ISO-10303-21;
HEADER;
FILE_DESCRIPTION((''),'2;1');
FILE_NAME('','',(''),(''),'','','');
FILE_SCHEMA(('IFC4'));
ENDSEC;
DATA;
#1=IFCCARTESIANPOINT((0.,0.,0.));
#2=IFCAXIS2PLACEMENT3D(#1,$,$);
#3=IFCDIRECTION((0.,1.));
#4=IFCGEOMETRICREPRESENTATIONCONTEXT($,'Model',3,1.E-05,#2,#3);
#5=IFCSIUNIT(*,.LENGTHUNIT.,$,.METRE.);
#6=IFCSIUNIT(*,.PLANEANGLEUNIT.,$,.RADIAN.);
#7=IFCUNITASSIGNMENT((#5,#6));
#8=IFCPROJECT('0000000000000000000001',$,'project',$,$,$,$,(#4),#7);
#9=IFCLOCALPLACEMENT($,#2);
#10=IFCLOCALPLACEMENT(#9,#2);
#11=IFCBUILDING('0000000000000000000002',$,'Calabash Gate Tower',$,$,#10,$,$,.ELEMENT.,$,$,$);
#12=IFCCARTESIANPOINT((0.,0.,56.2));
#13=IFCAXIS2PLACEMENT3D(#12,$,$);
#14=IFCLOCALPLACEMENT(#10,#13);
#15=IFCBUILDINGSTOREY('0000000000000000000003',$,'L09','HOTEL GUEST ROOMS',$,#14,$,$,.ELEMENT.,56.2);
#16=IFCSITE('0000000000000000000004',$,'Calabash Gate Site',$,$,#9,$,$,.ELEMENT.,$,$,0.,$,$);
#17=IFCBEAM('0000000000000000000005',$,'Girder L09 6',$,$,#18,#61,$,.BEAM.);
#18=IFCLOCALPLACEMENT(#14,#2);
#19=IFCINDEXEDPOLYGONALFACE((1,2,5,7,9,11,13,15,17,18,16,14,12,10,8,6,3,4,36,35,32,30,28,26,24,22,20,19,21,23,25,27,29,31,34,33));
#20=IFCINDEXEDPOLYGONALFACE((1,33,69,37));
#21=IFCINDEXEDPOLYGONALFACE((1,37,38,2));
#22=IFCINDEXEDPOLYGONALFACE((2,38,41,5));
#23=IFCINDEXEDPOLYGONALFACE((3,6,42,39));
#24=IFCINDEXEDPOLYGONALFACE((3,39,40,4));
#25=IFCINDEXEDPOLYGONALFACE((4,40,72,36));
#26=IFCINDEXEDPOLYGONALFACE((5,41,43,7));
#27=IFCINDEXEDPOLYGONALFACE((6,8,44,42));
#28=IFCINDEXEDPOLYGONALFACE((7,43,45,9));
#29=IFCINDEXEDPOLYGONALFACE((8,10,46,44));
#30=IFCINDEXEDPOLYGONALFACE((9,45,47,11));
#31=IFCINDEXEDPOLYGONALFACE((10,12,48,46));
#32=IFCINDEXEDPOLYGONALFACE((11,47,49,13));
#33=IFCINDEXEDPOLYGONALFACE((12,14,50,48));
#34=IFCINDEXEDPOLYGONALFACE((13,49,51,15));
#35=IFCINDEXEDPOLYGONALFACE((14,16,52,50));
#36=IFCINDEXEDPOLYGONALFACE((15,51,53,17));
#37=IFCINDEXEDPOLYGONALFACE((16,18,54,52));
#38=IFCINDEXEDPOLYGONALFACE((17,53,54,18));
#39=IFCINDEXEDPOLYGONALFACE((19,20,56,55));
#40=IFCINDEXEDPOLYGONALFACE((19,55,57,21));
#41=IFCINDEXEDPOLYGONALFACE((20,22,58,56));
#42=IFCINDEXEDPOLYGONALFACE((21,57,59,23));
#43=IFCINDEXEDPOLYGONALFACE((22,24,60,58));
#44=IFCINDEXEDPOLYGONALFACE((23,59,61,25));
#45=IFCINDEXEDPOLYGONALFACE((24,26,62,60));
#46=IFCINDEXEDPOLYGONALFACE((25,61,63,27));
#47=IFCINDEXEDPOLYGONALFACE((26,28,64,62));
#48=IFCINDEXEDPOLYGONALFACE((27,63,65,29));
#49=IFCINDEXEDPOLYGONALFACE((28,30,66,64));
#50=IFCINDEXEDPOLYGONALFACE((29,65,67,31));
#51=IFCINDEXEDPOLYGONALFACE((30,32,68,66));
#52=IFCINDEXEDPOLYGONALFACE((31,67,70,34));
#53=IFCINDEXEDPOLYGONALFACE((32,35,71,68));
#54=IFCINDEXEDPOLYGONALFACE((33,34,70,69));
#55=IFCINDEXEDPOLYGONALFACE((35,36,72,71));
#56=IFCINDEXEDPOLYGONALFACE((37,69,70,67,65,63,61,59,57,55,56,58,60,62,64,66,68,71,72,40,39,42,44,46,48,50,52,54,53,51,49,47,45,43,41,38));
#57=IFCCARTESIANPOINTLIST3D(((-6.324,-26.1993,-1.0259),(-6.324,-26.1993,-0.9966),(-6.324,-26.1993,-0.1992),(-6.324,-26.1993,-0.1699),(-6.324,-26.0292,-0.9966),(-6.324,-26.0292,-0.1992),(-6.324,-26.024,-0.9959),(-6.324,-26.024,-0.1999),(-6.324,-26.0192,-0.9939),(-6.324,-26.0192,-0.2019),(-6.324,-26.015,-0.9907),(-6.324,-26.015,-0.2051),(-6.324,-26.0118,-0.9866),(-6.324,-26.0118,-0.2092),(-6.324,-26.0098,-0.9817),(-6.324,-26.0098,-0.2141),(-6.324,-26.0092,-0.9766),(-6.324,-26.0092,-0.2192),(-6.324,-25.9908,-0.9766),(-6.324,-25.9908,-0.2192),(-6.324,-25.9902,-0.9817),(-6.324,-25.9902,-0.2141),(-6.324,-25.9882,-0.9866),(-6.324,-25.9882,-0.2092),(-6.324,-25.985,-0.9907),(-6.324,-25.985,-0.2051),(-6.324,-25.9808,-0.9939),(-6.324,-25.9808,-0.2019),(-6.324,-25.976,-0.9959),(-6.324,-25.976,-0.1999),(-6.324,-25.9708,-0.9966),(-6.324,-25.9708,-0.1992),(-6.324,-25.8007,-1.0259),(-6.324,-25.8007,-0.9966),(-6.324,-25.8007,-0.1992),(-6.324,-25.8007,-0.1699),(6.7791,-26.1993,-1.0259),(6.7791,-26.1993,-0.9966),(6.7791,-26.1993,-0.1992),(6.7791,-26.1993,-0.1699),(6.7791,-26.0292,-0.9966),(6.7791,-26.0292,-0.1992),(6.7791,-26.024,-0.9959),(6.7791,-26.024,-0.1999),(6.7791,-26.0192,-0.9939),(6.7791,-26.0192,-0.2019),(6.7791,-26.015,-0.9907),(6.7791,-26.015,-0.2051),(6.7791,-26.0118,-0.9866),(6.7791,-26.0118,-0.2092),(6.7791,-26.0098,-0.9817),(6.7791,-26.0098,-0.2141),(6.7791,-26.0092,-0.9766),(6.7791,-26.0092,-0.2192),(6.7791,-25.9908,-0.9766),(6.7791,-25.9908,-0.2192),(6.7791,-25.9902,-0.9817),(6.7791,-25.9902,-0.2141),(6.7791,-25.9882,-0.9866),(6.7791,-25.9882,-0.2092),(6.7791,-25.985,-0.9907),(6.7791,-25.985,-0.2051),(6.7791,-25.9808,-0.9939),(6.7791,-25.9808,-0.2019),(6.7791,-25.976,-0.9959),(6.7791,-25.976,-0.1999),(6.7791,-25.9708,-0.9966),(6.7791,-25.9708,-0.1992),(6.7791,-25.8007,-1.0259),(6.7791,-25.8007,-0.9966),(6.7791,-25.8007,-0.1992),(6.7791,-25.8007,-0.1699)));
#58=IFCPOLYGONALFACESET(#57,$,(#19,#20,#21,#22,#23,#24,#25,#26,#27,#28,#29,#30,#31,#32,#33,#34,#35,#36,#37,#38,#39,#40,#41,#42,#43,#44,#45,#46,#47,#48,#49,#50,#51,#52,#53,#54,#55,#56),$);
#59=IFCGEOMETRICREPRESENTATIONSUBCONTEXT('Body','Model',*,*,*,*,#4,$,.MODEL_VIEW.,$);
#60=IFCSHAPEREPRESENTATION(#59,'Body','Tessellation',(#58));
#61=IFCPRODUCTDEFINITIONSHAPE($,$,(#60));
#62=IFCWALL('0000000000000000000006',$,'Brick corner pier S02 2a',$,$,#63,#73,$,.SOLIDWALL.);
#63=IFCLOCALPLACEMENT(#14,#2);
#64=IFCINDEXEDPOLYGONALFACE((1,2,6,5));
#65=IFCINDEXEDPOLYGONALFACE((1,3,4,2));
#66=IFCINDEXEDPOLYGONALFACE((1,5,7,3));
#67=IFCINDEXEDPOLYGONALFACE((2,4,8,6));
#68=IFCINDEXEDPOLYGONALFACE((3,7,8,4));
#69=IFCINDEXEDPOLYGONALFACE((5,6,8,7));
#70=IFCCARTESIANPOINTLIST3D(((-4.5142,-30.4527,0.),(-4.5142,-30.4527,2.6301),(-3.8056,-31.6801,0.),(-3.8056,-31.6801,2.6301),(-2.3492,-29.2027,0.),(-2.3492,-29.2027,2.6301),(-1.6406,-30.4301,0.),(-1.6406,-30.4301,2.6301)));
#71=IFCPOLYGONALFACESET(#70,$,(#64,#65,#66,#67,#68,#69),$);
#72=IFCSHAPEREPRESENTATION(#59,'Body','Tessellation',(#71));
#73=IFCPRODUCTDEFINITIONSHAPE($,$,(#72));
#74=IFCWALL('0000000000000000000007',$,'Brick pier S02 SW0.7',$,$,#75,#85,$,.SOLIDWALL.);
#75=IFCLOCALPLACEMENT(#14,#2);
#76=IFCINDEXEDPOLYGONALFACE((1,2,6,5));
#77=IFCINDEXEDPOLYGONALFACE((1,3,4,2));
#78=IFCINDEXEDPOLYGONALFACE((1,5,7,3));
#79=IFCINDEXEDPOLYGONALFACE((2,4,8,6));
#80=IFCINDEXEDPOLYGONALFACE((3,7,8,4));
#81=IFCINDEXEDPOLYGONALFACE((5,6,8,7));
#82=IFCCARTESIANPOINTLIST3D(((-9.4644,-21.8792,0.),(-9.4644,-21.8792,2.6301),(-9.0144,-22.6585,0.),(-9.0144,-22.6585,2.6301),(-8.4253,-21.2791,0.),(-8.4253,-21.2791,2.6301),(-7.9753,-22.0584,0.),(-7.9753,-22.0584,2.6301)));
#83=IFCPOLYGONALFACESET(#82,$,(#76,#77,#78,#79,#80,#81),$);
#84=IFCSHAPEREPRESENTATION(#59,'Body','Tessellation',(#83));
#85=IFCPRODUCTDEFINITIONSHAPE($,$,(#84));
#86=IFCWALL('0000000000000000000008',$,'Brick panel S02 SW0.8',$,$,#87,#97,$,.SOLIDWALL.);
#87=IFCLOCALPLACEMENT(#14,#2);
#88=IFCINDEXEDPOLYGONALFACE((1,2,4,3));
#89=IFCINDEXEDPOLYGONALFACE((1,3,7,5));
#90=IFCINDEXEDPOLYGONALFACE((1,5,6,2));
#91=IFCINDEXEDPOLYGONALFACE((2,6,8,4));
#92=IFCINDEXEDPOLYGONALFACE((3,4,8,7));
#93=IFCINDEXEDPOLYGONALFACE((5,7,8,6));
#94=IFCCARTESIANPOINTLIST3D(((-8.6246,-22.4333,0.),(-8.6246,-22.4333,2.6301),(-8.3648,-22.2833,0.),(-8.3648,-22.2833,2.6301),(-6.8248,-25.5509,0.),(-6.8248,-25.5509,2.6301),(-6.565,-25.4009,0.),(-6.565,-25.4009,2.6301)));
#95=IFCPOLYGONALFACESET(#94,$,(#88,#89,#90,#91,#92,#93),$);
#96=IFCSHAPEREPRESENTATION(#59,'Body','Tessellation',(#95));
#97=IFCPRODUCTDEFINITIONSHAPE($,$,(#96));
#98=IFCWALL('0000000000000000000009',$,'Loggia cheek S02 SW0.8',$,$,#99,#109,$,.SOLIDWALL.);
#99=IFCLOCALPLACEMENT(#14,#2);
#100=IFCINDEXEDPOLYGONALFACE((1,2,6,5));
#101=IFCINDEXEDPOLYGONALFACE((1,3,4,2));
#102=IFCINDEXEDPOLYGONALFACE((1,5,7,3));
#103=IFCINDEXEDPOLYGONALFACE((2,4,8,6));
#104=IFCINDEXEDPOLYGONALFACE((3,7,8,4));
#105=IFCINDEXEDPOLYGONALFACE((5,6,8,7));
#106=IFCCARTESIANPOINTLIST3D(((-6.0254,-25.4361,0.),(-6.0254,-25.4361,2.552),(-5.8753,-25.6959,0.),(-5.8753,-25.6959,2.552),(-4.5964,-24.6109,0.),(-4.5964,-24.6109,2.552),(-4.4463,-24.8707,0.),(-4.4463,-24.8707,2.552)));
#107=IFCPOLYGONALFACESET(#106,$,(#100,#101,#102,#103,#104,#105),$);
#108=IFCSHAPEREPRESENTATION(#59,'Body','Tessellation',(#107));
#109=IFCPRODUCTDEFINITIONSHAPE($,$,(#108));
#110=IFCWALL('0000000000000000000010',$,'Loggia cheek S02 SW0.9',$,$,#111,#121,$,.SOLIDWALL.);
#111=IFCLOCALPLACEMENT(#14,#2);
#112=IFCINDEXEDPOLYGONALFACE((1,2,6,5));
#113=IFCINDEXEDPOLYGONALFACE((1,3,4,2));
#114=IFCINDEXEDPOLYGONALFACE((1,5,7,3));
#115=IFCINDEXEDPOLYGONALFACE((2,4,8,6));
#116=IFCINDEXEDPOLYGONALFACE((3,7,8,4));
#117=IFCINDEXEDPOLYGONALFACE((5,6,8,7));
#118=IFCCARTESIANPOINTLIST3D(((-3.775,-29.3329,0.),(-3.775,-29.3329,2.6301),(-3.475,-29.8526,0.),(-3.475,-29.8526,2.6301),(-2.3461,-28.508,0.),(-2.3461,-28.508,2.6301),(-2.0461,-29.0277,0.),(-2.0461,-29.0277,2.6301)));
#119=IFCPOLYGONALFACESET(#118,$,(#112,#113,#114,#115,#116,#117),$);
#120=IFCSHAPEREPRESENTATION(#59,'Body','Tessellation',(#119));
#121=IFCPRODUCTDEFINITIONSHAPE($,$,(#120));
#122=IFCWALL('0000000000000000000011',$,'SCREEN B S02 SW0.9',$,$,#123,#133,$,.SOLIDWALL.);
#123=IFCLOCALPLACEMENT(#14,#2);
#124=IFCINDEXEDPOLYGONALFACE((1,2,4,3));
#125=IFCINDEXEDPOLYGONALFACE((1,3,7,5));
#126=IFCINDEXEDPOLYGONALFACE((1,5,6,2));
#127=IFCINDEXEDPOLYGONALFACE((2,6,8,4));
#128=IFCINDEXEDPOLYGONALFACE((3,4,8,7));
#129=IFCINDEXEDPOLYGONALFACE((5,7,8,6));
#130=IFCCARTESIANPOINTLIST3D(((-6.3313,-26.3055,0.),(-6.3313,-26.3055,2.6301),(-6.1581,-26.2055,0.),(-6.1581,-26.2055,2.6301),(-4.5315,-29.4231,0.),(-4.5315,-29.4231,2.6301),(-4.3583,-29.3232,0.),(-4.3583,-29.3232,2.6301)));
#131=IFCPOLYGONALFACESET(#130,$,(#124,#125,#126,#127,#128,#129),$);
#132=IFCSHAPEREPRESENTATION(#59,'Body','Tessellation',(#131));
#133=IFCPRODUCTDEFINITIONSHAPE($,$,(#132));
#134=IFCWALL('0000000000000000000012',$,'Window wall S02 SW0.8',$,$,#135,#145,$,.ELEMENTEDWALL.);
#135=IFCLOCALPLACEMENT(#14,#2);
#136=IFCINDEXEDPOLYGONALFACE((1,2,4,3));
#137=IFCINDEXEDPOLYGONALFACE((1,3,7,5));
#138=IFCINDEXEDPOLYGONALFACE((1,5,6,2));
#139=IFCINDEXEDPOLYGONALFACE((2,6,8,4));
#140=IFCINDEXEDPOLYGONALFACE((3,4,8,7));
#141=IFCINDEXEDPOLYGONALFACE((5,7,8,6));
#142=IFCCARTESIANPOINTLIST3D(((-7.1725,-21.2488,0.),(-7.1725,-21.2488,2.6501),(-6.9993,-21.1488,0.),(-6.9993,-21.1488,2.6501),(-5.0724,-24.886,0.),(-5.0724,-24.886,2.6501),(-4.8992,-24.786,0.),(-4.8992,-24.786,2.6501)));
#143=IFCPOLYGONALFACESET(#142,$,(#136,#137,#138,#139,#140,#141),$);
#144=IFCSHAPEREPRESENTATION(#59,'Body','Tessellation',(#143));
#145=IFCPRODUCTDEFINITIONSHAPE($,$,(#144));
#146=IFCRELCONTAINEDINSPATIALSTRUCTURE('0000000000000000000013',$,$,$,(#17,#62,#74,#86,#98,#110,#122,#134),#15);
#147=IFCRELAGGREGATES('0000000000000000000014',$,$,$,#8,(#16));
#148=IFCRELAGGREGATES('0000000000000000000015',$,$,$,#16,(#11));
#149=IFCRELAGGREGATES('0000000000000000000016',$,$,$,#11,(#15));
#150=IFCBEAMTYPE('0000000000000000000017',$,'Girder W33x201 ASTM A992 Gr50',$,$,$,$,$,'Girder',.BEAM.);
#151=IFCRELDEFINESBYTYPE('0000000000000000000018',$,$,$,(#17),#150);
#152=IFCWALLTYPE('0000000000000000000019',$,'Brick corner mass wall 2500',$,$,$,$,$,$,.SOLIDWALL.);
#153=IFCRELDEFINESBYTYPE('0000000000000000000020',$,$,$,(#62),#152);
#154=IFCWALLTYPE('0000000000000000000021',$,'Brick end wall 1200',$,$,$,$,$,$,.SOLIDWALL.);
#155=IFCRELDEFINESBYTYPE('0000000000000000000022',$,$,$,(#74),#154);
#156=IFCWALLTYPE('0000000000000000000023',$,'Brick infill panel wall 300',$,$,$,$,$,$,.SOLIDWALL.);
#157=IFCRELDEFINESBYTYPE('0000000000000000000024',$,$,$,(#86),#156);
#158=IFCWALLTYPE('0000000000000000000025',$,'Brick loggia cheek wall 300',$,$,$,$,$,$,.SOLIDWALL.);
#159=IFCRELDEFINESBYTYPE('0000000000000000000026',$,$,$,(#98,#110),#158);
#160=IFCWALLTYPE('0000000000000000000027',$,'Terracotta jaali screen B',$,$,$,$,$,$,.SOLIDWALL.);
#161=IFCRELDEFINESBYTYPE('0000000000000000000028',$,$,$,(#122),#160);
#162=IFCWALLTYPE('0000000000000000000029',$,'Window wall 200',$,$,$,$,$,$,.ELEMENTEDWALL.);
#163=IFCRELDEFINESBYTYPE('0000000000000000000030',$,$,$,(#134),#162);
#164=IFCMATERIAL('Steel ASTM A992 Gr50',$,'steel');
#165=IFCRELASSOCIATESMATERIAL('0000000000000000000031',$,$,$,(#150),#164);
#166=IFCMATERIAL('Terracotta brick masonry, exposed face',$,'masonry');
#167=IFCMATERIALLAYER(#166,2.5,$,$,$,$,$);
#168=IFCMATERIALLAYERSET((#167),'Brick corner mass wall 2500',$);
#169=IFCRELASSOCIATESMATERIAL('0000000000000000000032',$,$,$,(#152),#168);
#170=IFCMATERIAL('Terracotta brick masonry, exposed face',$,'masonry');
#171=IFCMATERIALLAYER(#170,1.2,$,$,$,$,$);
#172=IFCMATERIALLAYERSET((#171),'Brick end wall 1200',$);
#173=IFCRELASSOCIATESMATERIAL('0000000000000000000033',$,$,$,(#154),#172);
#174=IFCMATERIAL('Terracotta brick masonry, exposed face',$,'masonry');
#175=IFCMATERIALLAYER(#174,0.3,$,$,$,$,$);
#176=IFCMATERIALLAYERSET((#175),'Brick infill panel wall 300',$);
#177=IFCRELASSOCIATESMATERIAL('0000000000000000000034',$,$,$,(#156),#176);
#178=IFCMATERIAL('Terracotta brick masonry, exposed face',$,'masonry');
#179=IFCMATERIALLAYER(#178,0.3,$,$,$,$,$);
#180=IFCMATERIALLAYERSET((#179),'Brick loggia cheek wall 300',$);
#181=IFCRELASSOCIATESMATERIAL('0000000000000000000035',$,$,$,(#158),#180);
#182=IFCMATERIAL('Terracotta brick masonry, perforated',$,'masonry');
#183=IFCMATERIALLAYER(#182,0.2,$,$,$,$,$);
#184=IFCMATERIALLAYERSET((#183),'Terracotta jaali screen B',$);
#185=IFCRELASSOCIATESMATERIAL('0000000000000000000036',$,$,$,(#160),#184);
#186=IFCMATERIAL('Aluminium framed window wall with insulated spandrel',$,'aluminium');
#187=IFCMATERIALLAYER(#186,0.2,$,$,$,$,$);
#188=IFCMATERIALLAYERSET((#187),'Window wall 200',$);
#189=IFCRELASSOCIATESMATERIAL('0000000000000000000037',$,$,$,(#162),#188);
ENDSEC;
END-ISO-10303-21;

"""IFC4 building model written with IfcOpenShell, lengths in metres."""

from ifc_helpers import new_model, si_unit, direction, frame, frame_2d, origin, origin_2d, place, context, subcontext, project, spatial, rectangle, i_section, extrude, material, layer, layer_set, material_profile, profile_set, type_object, element, save


model = new_model("IFC4")

# Units and contexts
model_context = context("Model", 3, precision=1e-05, world=origin(), true_north=direction((0.0, 1.0)))
body_context = subcontext(model_context, "Body", "Model", "MODEL_VIEW")
ifc_project = project(units=[si_unit("LENGTHUNIT", "METRE"), si_unit("PLANEANGLEUNIT", "RADIAN")], contexts=[model_context])

# Site, building, storey
site_placement = place(None, origin())
site = spatial("IfcSite", under=ifc_project, at=site_placement, Name="Calabash Gate Site", CompositionType="ELEMENT", RefElevation=0.0)
building_placement = place(site_placement, origin())
building = spatial("IfcBuilding", under=site, at=building_placement, Name="Calabash Gate Tower", CompositionType="ELEMENT")
storey_placement = place(building_placement, frame((0.0, 0.0, 56.2)))
storey = spatial("IfcBuildingStorey", under=building, at=storey_placement, Name="L09", Description="HOTEL GUEST ROOMS", CompositionType="ELEMENT", Elevation=56.2)

# Beam
ifc_material_1 = material(Name="Steel ASTM A992 Gr50", Category="steel")
ifc_material_profile_1 = material_profile(ifc_material_1, i_section(OverallWidth=0.3987, OverallDepth=0.856, WebThickness=0.0183, FlangeThickness=0.0293, FilletRadius=0.02, at=origin_2d()))
ifc_profile_set_1 = profile_set([ifc_material_profile_1], Name="Steel ASTM A992 Gr50")
beam_type_1 = type_object("IfcBeamType", Name="Girder W33x201 ASTM A992 Gr50", ElementType="Girder", PredefinedType="BEAM", material=ifc_profile_set_1)
beam_1_placement = place(storey_placement, frame((-6.324, -26.0, -0.5979), z_axis=(1.0, 0.0, 0.0), x_axis=(0.0, 1.0, 0.0)))
element("IfcBeam", 1, at=beam_1_placement, inside=storey, type_object=beam_type_1, Name="Girder L09 6", PredefinedType="BEAM", context=body_context, shape_type="SweptSolid", body=[
    extrude(i_section(OverallWidth=0.3987, OverallDepth=0.856, WebThickness=0.0183, FlangeThickness=0.0293, FilletRadius=0.02, at=origin_2d()), origin(), (0.0, 0.0, 1.0), 13.103),
])

# Walls
ifc_material_2 = material(Name="Terracotta brick masonry, exposed face", Category="masonry")
ifc_layer_1 = layer(ifc_material_2, 2.5)
ifc_layer_set_1 = layer_set([ifc_layer_1], Name="Brick corner mass wall 2500")
wall_type_1 = type_object("IfcWallType", Name="Brick corner mass wall 2500", PredefinedType="SOLIDWALL", material=ifc_layer_set_1)
wall_1_placement = place(storey_placement, frame((-1.9949, -29.8164, 0.0), z_axis=(0.0, 0.0, 1.0), x_axis=(-0.866023, -0.500004, 0.0)))
element("IfcWall", 2, at=wall_1_placement, inside=storey, type_object=wall_type_1, Name="Brick corner pier S02 2a", PredefinedType="SOLIDWALL", context=body_context, shape_type="SweptSolid", body=[
    extrude(rectangle(XDim=2.5, YDim=1.4172, at=frame_2d((1.25, 0.0))), origin(), (0.0, 0.0, 1.0), 2.6301),
])
ifc_material_3 = material(Name="Terracotta brick masonry, exposed face", Category="masonry")
ifc_layer_2 = layer(ifc_material_3, 1.2)
ifc_layer_set_2 = layer_set([ifc_layer_2], Name="Brick end wall 1200")
wall_type_2 = type_object("IfcWallType", Name="Brick end wall 1200", PredefinedType="SOLIDWALL", material=ifc_layer_set_2)
wall_2_placement = place(storey_placement, frame((-8.2002, -21.6687, 0.0), z_axis=(0.0, 0.0, 1.0), x_axis=(-0.865955, -0.500122, 0.0)))
element("IfcWall", 3, at=wall_2_placement, inside=storey, type_object=wall_type_2, Name="Brick pier S02 SW0.7", PredefinedType="SOLIDWALL", context=body_context, shape_type="SweptSolid", body=[
    extrude(rectangle(XDim=1.2, YDim=0.8999, at=frame_2d((0.6001, 0.0))), origin(), (0.0, 0.0, 1.0), 2.6301),
])
ifc_material_4 = material(Name="Terracotta brick masonry, exposed face", Category="masonry")
ifc_layer_3 = layer(ifc_material_4, 0.3)
ifc_layer_set_3 = layer_set([ifc_layer_3], Name="Brick infill panel wall 300")
wall_type_3 = type_object("IfcWallType", Name="Brick infill panel wall 300", PredefinedType="SOLIDWALL", material=ifc_layer_set_3)
wall_3_placement = place(storey_placement, frame((-8.4946, -22.3584, 0.0), z_axis=(0.0, 0.0, 1.0), x_axis=(0.499961, -0.866048, 0.0)))
element("IfcWall", 4, at=wall_3_placement, inside=storey, type_object=wall_type_3, Name="Brick panel S02 SW0.8", PredefinedType="SOLIDWALL", context=body_context, shape_type="SweptSolid", body=[
    extrude(rectangle(XDim=3.5999, YDim=0.3, at=frame_2d((1.7998, 0.0))), origin(), (0.0, 0.0, 1.0), 2.6301),
])
ifc_material_5 = material(Name="Terracotta brick masonry, exposed face", Category="masonry")
ifc_layer_4 = layer(ifc_material_5, 0.3)
ifc_layer_set_4 = layer_set([ifc_layer_4], Name="Brick loggia cheek wall 300")
wall_type_4 = type_object("IfcWallType", Name="Brick loggia cheek wall 300", PredefinedType="SOLIDWALL", material=ifc_layer_set_4)
wall_4_placement = place(storey_placement, frame((-4.5212, -24.7407, 0.0), z_axis=(0.0, 0.0, 1.0), x_axis=(-0.865976, -0.500085, 0.0)))
element("IfcWall", 5, at=wall_4_placement, inside=storey, type_object=wall_type_4, Name="Loggia cheek S02 SW0.8", PredefinedType="SOLIDWALL", context=body_context, shape_type="SweptSolid", body=[
    extrude(rectangle(XDim=1.6501, YDim=0.3, at=frame_2d((0.8252, 0.0))), origin(), (0.0, 0.0, 1.0), 2.552),
])
wall_5_placement = place(storey_placement, frame((-3.625, -29.5928, 0.0), z_axis=(0.0, 0.0, 1.0), x_axis=(0.86604, 0.499974, 0.0)))
element("IfcWall", 6, at=wall_5_placement, inside=storey, type_object=wall_type_4, Name="Loggia cheek S02 SW0.9", PredefinedType="SOLIDWALL", context=body_context, shape_type="SweptSolid", body=[
    extrude(rectangle(XDim=1.6499, YDim=0.6001, at=frame_2d((0.825, 0.0))), origin(), (0.0, 0.0, 1.0), 2.6301),
])
ifc_material_6 = material(Name="Terracotta brick masonry, perforated", Category="masonry")
ifc_layer_5 = layer(ifc_material_6, 0.2)
ifc_layer_set_5 = layer_set([ifc_layer_5], Name="Terracotta jaali screen B")
wall_type_5 = type_object("IfcWallType", Name="Terracotta jaali screen B", PredefinedType="SOLIDWALL", material=ifc_layer_set_5)
wall_6_placement = place(storey_placement, frame((-6.2446, -26.2556, 0.0), z_axis=(0.0, 0.0, 1.0), x_axis=(0.499961, -0.866048, 0.0)))
element("IfcWall", 7, at=wall_6_placement, inside=storey, type_object=wall_type_5, Name="SCREEN B S02 SW0.9", PredefinedType="SOLIDWALL", context=body_context, shape_type="SweptSolid", body=[
    extrude(rectangle(XDim=3.5999, YDim=0.2, at=frame_2d((1.7998, 0.0))), origin(), (0.0, 0.0, 1.0), 2.6301),
])
ifc_material_7 = material(Name="Aluminium framed window wall with insulated spandrel", Category="aluminium")
ifc_layer_6 = layer(ifc_material_7, 0.2)
ifc_layer_set_6 = layer_set([ifc_layer_6], Name="Window wall 200")
wall_type_6 = type_object("IfcWallType", Name="Window wall 200", PredefinedType="ELEMENTEDWALL", material=ifc_layer_set_6)
wall_7_placement = place(storey_placement, frame((-7.0859, -21.1987, 0.0), z_axis=(0.0, 0.0, 1.0), x_axis=(0.500028, -0.866009, 0.0)))
element("IfcWall", 8, at=wall_7_placement, inside=storey, type_object=wall_type_6, Name="Window wall S02 SW0.8", PredefinedType="ELEMENTEDWALL", context=body_context, shape_type="SweptSolid", body=[
    extrude(rectangle(XDim=4.2, YDim=0.2, at=frame_2d((2.1001, 0.0))), origin(), (0.0, 0.0, 1.0), 2.6501),
])

save(model, "model.ifc")
